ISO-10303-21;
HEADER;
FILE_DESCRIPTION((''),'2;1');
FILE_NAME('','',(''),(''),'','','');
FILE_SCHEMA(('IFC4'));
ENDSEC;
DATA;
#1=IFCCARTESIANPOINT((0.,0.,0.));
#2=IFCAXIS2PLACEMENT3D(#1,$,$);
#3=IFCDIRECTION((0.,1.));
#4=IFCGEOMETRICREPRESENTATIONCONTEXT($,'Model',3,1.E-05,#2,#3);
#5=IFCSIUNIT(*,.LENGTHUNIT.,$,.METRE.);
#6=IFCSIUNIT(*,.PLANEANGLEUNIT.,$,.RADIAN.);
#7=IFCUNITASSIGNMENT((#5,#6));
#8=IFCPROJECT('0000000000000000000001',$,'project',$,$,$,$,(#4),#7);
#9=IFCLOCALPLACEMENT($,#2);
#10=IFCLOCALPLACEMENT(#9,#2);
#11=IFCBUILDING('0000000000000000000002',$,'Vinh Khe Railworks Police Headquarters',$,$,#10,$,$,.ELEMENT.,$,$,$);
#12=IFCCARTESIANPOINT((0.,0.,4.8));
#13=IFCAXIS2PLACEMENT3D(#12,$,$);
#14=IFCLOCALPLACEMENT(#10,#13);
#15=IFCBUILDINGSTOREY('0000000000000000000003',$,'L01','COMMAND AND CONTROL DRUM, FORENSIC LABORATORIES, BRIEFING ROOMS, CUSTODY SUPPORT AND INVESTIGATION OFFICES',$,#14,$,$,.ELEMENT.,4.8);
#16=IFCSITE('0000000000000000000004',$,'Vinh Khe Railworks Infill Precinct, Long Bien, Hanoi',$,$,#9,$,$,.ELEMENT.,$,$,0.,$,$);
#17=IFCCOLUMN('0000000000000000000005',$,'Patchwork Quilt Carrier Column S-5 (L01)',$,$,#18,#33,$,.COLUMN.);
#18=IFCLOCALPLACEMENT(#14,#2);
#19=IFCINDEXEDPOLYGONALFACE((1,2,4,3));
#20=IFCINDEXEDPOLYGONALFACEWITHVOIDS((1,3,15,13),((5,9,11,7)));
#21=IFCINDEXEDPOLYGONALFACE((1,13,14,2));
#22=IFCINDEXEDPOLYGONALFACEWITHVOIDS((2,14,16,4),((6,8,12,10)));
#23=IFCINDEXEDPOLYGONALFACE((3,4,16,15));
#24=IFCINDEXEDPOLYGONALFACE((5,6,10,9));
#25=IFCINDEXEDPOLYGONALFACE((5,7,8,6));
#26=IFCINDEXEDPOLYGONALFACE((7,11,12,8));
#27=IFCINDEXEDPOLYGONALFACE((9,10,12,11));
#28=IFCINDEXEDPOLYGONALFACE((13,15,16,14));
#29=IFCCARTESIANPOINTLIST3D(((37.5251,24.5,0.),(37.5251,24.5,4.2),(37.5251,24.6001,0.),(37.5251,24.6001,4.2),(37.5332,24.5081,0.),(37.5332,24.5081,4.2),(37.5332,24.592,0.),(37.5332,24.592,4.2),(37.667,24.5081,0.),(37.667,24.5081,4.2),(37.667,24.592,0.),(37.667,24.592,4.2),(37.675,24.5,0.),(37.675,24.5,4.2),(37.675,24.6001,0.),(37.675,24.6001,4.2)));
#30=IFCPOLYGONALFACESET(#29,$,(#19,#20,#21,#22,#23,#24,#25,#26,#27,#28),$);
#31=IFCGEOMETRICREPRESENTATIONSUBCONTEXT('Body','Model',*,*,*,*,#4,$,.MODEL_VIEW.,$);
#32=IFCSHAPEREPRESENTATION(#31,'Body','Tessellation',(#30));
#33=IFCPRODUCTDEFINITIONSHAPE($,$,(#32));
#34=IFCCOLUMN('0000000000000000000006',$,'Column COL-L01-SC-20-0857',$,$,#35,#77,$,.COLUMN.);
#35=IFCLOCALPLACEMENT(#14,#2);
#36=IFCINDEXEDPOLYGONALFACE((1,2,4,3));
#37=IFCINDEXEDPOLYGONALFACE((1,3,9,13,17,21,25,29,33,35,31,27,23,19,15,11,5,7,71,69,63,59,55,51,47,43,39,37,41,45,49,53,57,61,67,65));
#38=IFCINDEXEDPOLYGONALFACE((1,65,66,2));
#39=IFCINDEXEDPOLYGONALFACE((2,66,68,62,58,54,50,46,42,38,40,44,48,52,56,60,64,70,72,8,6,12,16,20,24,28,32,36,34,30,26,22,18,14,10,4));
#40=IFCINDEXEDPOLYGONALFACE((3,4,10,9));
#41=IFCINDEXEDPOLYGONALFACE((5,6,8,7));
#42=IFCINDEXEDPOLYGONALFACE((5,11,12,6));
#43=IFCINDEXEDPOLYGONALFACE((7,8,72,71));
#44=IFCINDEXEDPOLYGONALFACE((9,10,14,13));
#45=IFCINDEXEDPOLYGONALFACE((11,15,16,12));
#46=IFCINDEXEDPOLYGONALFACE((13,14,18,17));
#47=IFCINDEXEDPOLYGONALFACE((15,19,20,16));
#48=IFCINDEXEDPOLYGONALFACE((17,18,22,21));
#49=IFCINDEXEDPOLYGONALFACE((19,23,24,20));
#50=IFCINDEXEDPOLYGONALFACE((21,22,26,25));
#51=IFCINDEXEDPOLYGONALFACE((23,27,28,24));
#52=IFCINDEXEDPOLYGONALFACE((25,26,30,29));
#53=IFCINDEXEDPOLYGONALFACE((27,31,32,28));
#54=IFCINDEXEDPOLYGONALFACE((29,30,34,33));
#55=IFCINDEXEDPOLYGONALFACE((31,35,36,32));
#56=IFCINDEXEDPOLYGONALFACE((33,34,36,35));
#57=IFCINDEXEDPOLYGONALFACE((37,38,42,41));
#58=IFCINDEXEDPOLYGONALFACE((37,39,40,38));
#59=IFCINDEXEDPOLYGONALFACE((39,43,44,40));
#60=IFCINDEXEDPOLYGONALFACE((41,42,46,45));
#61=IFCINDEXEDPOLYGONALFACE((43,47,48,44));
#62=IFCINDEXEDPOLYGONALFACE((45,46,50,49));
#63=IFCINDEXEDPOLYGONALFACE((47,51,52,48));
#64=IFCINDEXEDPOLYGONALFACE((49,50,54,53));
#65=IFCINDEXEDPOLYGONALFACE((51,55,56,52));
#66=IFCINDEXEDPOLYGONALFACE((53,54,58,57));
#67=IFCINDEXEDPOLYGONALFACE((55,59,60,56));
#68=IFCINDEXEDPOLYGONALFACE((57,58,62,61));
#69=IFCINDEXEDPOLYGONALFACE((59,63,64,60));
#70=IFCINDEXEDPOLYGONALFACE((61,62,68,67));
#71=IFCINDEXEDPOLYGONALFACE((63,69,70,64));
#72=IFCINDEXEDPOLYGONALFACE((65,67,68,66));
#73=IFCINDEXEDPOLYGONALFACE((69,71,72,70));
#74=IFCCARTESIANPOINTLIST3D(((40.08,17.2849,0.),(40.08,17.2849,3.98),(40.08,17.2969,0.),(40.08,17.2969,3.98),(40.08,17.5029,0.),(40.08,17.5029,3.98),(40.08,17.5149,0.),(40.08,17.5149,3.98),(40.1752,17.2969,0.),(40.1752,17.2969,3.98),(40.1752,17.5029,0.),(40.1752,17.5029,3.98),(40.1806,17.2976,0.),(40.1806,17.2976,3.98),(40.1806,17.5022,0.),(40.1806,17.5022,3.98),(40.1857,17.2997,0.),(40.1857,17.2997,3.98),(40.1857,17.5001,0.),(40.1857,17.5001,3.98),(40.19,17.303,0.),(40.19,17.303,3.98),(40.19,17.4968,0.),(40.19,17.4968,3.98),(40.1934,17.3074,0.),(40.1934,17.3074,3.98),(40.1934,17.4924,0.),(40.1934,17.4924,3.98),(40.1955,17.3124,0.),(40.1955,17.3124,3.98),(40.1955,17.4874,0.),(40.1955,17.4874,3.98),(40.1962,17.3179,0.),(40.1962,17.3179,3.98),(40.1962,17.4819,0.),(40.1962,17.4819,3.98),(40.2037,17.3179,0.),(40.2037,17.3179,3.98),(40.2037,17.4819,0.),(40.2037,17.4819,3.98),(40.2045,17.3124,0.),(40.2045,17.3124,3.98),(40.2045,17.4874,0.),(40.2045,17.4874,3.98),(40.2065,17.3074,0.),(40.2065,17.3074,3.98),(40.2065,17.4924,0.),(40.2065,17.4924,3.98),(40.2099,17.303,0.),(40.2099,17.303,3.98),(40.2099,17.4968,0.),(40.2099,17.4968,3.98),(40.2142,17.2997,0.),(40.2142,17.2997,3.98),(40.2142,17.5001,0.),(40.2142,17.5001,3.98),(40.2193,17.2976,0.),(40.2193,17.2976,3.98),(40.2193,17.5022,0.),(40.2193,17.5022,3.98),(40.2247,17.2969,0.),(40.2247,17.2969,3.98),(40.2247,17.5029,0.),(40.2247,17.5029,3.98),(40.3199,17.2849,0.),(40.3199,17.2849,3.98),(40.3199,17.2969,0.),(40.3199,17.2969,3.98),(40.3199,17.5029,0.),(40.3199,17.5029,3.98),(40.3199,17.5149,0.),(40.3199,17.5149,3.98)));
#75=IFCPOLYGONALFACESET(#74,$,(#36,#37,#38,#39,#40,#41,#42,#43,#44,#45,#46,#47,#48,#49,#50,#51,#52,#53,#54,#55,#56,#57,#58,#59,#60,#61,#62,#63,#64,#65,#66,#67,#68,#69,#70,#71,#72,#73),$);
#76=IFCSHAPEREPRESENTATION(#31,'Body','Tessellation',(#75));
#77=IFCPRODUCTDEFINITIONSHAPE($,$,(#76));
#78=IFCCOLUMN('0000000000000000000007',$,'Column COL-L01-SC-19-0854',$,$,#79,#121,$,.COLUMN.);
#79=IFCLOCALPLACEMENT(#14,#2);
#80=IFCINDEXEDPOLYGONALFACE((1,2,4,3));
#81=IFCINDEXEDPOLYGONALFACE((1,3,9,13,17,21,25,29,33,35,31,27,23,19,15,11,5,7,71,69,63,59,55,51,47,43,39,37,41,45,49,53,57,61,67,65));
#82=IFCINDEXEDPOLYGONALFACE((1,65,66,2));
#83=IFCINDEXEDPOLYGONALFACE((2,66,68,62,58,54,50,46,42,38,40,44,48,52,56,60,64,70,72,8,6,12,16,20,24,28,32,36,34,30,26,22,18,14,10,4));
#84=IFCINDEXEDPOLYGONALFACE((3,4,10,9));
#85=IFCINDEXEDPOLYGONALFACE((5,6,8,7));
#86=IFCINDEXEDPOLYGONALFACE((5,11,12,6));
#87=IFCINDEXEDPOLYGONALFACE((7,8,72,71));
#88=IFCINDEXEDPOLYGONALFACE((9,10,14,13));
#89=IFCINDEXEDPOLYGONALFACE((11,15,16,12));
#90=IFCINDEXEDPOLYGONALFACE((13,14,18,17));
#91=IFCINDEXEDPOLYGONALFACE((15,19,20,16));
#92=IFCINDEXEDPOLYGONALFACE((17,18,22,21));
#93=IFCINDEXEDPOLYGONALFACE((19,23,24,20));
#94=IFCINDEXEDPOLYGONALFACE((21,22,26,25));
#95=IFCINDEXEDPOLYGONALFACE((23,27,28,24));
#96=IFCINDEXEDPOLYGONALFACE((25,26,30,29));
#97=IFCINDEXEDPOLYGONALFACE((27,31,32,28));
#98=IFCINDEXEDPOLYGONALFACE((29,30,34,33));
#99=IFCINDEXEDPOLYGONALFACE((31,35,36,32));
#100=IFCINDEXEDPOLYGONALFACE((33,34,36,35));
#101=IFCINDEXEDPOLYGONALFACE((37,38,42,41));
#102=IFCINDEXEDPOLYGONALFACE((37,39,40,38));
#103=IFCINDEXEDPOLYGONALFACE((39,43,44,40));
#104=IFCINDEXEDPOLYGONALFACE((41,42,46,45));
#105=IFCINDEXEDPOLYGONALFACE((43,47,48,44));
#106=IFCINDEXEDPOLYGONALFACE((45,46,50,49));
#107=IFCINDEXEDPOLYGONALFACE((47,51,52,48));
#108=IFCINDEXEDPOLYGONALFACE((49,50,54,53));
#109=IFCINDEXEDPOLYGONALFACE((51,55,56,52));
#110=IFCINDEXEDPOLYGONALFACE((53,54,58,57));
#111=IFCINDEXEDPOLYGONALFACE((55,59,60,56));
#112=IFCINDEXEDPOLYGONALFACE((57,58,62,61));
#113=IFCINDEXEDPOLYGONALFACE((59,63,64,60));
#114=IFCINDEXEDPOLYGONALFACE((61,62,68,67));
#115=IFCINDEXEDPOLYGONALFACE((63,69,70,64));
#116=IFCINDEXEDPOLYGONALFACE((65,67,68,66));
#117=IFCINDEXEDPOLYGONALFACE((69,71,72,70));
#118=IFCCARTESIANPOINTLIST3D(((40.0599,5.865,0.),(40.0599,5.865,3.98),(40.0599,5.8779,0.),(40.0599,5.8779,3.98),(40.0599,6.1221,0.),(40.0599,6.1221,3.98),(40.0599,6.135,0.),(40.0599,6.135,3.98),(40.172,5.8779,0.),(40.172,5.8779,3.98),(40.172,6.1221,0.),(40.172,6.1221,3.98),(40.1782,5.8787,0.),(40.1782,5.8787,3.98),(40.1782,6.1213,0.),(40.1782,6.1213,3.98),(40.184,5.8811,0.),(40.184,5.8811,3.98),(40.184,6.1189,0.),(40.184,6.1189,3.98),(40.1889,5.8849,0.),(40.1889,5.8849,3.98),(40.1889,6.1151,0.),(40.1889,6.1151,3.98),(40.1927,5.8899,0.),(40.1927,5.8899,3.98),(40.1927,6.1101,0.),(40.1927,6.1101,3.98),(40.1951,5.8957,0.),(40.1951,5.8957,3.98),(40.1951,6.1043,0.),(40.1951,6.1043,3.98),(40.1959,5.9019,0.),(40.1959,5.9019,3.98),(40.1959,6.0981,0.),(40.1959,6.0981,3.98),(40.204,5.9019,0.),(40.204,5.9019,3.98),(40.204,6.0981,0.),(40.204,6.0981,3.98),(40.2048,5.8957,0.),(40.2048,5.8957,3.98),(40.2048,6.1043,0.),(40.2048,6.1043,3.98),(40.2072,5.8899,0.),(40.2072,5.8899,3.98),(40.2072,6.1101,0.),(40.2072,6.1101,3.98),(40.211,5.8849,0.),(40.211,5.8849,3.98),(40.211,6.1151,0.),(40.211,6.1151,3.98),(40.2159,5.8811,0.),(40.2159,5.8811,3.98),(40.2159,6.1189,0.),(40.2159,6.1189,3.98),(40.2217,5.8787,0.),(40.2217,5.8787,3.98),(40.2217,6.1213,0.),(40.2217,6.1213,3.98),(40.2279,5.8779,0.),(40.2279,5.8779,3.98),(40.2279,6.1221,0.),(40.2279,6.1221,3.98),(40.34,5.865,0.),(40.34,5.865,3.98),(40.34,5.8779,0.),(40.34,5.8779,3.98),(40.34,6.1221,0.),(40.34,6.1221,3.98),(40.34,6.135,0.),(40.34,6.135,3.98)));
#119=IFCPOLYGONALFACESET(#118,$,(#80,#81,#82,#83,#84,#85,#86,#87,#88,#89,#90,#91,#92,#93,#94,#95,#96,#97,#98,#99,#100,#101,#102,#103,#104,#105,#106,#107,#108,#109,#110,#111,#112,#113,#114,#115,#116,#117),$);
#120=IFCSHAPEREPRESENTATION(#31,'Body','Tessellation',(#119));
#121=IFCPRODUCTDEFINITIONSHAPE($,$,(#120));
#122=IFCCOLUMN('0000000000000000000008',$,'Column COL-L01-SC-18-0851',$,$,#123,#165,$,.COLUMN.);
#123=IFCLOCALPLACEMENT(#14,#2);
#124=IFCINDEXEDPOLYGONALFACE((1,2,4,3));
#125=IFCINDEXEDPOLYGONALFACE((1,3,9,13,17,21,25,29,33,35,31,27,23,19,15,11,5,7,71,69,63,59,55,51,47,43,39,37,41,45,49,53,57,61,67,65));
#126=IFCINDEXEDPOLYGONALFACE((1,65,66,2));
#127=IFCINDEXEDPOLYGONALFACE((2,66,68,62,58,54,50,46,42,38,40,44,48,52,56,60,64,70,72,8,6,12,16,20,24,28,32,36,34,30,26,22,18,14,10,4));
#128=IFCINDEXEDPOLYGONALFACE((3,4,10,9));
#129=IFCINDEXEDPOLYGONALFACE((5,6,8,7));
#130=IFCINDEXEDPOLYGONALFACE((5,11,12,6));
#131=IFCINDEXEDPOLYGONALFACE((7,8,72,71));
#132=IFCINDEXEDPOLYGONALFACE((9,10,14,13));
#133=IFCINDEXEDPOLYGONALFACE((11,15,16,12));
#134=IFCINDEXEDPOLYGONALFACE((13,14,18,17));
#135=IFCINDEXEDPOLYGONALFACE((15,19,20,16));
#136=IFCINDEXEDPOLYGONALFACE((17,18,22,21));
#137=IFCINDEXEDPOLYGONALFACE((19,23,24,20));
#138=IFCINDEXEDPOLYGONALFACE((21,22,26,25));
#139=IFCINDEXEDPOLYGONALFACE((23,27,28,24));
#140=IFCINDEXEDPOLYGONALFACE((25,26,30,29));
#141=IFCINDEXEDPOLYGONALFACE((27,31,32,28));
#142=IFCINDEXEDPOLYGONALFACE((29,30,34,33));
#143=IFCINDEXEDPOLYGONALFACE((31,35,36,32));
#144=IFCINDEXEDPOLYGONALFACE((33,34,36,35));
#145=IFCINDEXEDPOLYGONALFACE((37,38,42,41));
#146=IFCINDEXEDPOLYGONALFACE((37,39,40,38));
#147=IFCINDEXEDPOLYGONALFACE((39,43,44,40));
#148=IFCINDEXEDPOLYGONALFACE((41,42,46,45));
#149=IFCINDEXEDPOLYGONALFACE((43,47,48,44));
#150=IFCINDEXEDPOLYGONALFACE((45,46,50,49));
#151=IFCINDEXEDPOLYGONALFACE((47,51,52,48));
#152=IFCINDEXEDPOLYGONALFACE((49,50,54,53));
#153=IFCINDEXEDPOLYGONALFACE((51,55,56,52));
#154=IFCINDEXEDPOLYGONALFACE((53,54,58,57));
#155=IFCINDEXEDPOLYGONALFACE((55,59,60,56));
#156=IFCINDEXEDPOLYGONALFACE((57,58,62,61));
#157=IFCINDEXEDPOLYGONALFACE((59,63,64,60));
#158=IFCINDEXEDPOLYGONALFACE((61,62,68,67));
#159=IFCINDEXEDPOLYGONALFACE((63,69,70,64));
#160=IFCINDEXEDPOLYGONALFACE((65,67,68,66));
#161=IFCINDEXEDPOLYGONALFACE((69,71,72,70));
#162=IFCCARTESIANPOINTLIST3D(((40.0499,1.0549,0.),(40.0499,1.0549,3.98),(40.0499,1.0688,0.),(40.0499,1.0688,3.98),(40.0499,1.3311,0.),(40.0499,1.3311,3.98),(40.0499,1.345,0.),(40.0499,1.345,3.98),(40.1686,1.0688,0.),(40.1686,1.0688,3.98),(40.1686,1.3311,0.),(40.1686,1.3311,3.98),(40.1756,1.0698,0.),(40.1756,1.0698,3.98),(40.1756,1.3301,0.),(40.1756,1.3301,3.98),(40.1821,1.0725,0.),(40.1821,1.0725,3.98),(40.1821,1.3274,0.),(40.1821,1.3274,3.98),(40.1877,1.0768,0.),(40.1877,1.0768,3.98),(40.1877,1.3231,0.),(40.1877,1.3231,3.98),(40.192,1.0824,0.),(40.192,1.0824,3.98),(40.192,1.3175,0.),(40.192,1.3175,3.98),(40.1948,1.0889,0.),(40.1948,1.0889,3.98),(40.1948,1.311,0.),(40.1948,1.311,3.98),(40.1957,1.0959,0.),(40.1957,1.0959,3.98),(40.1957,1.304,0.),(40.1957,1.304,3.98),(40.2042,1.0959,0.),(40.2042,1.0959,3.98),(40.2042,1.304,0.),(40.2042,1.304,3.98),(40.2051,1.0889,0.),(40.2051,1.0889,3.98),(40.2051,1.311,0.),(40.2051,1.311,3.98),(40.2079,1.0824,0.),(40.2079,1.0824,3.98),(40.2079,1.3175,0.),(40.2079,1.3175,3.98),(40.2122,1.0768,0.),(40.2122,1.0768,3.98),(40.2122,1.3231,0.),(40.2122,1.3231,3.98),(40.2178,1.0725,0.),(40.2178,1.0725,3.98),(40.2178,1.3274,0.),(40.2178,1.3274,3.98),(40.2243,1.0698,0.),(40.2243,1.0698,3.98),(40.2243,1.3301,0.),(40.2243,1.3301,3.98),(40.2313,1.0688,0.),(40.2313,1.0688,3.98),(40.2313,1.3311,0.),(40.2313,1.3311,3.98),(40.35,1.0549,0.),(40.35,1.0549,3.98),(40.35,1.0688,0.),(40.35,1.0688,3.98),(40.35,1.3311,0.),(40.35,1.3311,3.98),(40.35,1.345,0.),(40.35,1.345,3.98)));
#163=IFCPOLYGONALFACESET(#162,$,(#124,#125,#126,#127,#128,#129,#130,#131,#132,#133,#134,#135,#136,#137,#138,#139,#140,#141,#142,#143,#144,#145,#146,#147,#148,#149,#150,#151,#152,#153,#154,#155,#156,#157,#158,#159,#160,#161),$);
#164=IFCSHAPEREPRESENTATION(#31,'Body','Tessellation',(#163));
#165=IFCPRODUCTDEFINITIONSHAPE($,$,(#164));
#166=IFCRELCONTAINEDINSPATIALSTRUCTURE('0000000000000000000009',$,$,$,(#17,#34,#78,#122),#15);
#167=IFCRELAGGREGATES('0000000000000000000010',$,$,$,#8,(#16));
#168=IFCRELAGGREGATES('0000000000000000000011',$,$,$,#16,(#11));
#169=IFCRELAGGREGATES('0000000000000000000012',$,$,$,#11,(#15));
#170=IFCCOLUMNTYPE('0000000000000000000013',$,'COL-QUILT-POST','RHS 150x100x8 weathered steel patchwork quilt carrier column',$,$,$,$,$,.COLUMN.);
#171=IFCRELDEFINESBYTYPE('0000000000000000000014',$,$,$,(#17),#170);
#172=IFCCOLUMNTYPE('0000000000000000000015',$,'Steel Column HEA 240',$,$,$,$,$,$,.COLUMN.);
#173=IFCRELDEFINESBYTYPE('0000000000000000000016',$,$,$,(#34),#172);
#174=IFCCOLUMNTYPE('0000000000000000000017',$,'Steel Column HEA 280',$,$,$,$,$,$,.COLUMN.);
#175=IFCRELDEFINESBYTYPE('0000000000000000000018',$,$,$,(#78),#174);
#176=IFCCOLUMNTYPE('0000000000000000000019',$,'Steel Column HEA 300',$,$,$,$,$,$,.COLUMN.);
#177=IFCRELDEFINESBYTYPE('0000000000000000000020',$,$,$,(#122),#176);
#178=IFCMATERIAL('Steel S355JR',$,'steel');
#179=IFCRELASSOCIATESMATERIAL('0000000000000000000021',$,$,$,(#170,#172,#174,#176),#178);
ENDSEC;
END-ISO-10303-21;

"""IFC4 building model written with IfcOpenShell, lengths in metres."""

from ifc_helpers import new_model, si_unit, direction, frame, origin, origin_2d, place, context, subcontext, project, spatial, hollow_rectangle, i_section, extrude, material, material_profile, profile_set, type_object, element, save


model = new_model("IFC4")

# Units and contexts
model_context = context("Model", 3, precision=1e-05, world=origin(), true_north=direction((0.0, 1.0)))
body_context = subcontext(model_context, "Body", "Model", "MODEL_VIEW")
ifc_project = project(units=[si_unit("LENGTHUNIT", "METRE"), si_unit("PLANEANGLEUNIT", "RADIAN")], contexts=[model_context])

# Site, building, storey
site_placement = place(None, origin())
site = spatial("IfcSite", under=ifc_project, at=site_placement, Name="Vinh Khe Railworks Infill Precinct, Long Bien, Hanoi", CompositionType="ELEMENT", RefElevation=0.0)
building_placement = place(site_placement, origin())
building = spatial("IfcBuilding", under=site, at=building_placement, Name="Vinh Khe Railworks Police Headquarters", CompositionType="ELEMENT")
storey_placement = place(building_placement, frame((0.0, 0.0, 4.8)))
storey = spatial("IfcBuildingStorey", under=building, at=storey_placement, Name="L01", Description="COMMAND AND CONTROL DRUM, FORENSIC LABORATORIES, BRIEFING ROOMS, CUSTODY SUPPORT AND INVESTIGATION OFFICES", CompositionType="ELEMENT", Elevation=4.8)

# Columns
ifc_material_1 = material(Name="Steel S355JR", Category="steel")
ifc_material_profile_1 = material_profile(ifc_material_1, hollow_rectangle(XDim=0.1499, YDim=0.1001, WallThickness=0.0081, at=origin_2d()), Name="RHS 150x100x8")
ifc_profile_set_1 = profile_set([ifc_material_profile_1], Name="Steel S355JR")
column_type_1 = type_object("IfcColumnType", Name="COL-QUILT-POST", Description="RHS 150x100x8 weathered steel patchwork quilt carrier column", PredefinedType="COLUMN", material=ifc_profile_set_1)
column_1_placement = place(storey_placement, frame((37.6001, 24.55, 0.0), z_axis=(0.0, 0.0, 1.0), x_axis=(1.0, 0.0, 0.0)))
element("IfcColumn", 1, at=column_1_placement, inside=storey, type_object=column_type_1, Name="Patchwork Quilt Carrier Column S-5 (L01)", PredefinedType="COLUMN", context=body_context, shape_type="SweptSolid", body=[
    extrude(hollow_rectangle(XDim=0.1499, YDim=0.1001, WallThickness=0.0081, at=origin_2d()), origin(), (0.0, 0.0, 1.0), 4.2),
])
ifc_material_profile_2 = material_profile(ifc_material_1, i_section(OverallWidth=0.24, OverallDepth=0.23, WebThickness=0.0076, FlangeThickness=0.012, FilletRadius=0.021, at=origin_2d()), Name="HEA 240")
ifc_profile_set_2 = profile_set([ifc_material_profile_2], Name="Steel S355JR")
column_type_2 = type_object("IfcColumnType", Name="Steel Column HEA 240", PredefinedType="COLUMN", material=ifc_profile_set_2)
column_2_placement = place(storey_placement, frame((40.2, 17.3999, 0.0), z_axis=(0.0, 0.0, 1.0), x_axis=(1.0, 0.0, 0.0)))
element("IfcColumn", 2, at=column_2_placement, inside=storey, type_object=column_type_2, Name="Column COL-L01-SC-20-0857", PredefinedType="COLUMN", context=body_context, shape_type="SweptSolid", body=[
    extrude(i_section(OverallWidth=0.24, OverallDepth=0.23, WebThickness=0.0076, FlangeThickness=0.012, FilletRadius=0.021, at=origin_2d()), origin(), (0.0, 0.0, 1.0), 3.98),
])
ifc_material_profile_3 = material_profile(ifc_material_1, i_section(OverallWidth=0.28, OverallDepth=0.27, WebThickness=0.0081, FlangeThickness=0.0129, FilletRadius=0.0239, at=origin_2d()), Name="HEA 280")
ifc_profile_set_3 = profile_set([ifc_material_profile_3], Name="Steel S355JR")
column_type_3 = type_object("IfcColumnType", Name="Steel Column HEA 280", PredefinedType="COLUMN", material=ifc_profile_set_3)
column_3_placement = place(storey_placement, frame((40.2, 6.0, 0.0), z_axis=(0.0, 0.0, 1.0), x_axis=(1.0, 0.0, 0.0)))
element("IfcColumn", 3, at=column_3_placement, inside=storey, type_object=column_type_3, Name="Column COL-L01-SC-19-0854", PredefinedType="COLUMN", context=body_context, shape_type="SweptSolid", body=[
    extrude(i_section(OverallWidth=0.28, OverallDepth=0.27, WebThickness=0.0081, FlangeThickness=0.0129, FilletRadius=0.0239, at=origin_2d()), origin(), (0.0, 0.0, 1.0), 3.98),
])
ifc_material_profile_4 = material_profile(ifc_material_1, i_section(OverallWidth=0.3, OverallDepth=0.29, WebThickness=0.0085, FlangeThickness=0.0139, FilletRadius=0.0271, at=origin_2d()), Name="HEA 300")
ifc_profile_set_4 = profile_set([ifc_material_profile_4], Name="Steel S355JR")
column_type_4 = type_object("IfcColumnType", Name="Steel Column HEA 300", PredefinedType="COLUMN", material=ifc_profile_set_4)
for number, where, z_axis, x_axis, name in (
    (4, (40.2, 1.2, 0.0), (0.0, 0.0, 1.0), (1.0, 0.0, 0.0), "Column COL-L01-SC-18-0851"),
):
    element("IfcColumn", number, at=place(storey_placement, frame(where, z_axis=z_axis, x_axis=x_axis)), inside=storey, type_object=column_type_4, Name=name, PredefinedType="COLUMN", context=body_context, shape_type="SweptSolid", body=[
        extrude(i_section(OverallWidth=0.3, OverallDepth=0.29, WebThickness=0.0085, FlangeThickness=0.0139, FilletRadius=0.0271, at=origin_2d()), origin(), (0.0, 0.0, 1.0), 3.98),
    ])

save(model, "model.ifc")
